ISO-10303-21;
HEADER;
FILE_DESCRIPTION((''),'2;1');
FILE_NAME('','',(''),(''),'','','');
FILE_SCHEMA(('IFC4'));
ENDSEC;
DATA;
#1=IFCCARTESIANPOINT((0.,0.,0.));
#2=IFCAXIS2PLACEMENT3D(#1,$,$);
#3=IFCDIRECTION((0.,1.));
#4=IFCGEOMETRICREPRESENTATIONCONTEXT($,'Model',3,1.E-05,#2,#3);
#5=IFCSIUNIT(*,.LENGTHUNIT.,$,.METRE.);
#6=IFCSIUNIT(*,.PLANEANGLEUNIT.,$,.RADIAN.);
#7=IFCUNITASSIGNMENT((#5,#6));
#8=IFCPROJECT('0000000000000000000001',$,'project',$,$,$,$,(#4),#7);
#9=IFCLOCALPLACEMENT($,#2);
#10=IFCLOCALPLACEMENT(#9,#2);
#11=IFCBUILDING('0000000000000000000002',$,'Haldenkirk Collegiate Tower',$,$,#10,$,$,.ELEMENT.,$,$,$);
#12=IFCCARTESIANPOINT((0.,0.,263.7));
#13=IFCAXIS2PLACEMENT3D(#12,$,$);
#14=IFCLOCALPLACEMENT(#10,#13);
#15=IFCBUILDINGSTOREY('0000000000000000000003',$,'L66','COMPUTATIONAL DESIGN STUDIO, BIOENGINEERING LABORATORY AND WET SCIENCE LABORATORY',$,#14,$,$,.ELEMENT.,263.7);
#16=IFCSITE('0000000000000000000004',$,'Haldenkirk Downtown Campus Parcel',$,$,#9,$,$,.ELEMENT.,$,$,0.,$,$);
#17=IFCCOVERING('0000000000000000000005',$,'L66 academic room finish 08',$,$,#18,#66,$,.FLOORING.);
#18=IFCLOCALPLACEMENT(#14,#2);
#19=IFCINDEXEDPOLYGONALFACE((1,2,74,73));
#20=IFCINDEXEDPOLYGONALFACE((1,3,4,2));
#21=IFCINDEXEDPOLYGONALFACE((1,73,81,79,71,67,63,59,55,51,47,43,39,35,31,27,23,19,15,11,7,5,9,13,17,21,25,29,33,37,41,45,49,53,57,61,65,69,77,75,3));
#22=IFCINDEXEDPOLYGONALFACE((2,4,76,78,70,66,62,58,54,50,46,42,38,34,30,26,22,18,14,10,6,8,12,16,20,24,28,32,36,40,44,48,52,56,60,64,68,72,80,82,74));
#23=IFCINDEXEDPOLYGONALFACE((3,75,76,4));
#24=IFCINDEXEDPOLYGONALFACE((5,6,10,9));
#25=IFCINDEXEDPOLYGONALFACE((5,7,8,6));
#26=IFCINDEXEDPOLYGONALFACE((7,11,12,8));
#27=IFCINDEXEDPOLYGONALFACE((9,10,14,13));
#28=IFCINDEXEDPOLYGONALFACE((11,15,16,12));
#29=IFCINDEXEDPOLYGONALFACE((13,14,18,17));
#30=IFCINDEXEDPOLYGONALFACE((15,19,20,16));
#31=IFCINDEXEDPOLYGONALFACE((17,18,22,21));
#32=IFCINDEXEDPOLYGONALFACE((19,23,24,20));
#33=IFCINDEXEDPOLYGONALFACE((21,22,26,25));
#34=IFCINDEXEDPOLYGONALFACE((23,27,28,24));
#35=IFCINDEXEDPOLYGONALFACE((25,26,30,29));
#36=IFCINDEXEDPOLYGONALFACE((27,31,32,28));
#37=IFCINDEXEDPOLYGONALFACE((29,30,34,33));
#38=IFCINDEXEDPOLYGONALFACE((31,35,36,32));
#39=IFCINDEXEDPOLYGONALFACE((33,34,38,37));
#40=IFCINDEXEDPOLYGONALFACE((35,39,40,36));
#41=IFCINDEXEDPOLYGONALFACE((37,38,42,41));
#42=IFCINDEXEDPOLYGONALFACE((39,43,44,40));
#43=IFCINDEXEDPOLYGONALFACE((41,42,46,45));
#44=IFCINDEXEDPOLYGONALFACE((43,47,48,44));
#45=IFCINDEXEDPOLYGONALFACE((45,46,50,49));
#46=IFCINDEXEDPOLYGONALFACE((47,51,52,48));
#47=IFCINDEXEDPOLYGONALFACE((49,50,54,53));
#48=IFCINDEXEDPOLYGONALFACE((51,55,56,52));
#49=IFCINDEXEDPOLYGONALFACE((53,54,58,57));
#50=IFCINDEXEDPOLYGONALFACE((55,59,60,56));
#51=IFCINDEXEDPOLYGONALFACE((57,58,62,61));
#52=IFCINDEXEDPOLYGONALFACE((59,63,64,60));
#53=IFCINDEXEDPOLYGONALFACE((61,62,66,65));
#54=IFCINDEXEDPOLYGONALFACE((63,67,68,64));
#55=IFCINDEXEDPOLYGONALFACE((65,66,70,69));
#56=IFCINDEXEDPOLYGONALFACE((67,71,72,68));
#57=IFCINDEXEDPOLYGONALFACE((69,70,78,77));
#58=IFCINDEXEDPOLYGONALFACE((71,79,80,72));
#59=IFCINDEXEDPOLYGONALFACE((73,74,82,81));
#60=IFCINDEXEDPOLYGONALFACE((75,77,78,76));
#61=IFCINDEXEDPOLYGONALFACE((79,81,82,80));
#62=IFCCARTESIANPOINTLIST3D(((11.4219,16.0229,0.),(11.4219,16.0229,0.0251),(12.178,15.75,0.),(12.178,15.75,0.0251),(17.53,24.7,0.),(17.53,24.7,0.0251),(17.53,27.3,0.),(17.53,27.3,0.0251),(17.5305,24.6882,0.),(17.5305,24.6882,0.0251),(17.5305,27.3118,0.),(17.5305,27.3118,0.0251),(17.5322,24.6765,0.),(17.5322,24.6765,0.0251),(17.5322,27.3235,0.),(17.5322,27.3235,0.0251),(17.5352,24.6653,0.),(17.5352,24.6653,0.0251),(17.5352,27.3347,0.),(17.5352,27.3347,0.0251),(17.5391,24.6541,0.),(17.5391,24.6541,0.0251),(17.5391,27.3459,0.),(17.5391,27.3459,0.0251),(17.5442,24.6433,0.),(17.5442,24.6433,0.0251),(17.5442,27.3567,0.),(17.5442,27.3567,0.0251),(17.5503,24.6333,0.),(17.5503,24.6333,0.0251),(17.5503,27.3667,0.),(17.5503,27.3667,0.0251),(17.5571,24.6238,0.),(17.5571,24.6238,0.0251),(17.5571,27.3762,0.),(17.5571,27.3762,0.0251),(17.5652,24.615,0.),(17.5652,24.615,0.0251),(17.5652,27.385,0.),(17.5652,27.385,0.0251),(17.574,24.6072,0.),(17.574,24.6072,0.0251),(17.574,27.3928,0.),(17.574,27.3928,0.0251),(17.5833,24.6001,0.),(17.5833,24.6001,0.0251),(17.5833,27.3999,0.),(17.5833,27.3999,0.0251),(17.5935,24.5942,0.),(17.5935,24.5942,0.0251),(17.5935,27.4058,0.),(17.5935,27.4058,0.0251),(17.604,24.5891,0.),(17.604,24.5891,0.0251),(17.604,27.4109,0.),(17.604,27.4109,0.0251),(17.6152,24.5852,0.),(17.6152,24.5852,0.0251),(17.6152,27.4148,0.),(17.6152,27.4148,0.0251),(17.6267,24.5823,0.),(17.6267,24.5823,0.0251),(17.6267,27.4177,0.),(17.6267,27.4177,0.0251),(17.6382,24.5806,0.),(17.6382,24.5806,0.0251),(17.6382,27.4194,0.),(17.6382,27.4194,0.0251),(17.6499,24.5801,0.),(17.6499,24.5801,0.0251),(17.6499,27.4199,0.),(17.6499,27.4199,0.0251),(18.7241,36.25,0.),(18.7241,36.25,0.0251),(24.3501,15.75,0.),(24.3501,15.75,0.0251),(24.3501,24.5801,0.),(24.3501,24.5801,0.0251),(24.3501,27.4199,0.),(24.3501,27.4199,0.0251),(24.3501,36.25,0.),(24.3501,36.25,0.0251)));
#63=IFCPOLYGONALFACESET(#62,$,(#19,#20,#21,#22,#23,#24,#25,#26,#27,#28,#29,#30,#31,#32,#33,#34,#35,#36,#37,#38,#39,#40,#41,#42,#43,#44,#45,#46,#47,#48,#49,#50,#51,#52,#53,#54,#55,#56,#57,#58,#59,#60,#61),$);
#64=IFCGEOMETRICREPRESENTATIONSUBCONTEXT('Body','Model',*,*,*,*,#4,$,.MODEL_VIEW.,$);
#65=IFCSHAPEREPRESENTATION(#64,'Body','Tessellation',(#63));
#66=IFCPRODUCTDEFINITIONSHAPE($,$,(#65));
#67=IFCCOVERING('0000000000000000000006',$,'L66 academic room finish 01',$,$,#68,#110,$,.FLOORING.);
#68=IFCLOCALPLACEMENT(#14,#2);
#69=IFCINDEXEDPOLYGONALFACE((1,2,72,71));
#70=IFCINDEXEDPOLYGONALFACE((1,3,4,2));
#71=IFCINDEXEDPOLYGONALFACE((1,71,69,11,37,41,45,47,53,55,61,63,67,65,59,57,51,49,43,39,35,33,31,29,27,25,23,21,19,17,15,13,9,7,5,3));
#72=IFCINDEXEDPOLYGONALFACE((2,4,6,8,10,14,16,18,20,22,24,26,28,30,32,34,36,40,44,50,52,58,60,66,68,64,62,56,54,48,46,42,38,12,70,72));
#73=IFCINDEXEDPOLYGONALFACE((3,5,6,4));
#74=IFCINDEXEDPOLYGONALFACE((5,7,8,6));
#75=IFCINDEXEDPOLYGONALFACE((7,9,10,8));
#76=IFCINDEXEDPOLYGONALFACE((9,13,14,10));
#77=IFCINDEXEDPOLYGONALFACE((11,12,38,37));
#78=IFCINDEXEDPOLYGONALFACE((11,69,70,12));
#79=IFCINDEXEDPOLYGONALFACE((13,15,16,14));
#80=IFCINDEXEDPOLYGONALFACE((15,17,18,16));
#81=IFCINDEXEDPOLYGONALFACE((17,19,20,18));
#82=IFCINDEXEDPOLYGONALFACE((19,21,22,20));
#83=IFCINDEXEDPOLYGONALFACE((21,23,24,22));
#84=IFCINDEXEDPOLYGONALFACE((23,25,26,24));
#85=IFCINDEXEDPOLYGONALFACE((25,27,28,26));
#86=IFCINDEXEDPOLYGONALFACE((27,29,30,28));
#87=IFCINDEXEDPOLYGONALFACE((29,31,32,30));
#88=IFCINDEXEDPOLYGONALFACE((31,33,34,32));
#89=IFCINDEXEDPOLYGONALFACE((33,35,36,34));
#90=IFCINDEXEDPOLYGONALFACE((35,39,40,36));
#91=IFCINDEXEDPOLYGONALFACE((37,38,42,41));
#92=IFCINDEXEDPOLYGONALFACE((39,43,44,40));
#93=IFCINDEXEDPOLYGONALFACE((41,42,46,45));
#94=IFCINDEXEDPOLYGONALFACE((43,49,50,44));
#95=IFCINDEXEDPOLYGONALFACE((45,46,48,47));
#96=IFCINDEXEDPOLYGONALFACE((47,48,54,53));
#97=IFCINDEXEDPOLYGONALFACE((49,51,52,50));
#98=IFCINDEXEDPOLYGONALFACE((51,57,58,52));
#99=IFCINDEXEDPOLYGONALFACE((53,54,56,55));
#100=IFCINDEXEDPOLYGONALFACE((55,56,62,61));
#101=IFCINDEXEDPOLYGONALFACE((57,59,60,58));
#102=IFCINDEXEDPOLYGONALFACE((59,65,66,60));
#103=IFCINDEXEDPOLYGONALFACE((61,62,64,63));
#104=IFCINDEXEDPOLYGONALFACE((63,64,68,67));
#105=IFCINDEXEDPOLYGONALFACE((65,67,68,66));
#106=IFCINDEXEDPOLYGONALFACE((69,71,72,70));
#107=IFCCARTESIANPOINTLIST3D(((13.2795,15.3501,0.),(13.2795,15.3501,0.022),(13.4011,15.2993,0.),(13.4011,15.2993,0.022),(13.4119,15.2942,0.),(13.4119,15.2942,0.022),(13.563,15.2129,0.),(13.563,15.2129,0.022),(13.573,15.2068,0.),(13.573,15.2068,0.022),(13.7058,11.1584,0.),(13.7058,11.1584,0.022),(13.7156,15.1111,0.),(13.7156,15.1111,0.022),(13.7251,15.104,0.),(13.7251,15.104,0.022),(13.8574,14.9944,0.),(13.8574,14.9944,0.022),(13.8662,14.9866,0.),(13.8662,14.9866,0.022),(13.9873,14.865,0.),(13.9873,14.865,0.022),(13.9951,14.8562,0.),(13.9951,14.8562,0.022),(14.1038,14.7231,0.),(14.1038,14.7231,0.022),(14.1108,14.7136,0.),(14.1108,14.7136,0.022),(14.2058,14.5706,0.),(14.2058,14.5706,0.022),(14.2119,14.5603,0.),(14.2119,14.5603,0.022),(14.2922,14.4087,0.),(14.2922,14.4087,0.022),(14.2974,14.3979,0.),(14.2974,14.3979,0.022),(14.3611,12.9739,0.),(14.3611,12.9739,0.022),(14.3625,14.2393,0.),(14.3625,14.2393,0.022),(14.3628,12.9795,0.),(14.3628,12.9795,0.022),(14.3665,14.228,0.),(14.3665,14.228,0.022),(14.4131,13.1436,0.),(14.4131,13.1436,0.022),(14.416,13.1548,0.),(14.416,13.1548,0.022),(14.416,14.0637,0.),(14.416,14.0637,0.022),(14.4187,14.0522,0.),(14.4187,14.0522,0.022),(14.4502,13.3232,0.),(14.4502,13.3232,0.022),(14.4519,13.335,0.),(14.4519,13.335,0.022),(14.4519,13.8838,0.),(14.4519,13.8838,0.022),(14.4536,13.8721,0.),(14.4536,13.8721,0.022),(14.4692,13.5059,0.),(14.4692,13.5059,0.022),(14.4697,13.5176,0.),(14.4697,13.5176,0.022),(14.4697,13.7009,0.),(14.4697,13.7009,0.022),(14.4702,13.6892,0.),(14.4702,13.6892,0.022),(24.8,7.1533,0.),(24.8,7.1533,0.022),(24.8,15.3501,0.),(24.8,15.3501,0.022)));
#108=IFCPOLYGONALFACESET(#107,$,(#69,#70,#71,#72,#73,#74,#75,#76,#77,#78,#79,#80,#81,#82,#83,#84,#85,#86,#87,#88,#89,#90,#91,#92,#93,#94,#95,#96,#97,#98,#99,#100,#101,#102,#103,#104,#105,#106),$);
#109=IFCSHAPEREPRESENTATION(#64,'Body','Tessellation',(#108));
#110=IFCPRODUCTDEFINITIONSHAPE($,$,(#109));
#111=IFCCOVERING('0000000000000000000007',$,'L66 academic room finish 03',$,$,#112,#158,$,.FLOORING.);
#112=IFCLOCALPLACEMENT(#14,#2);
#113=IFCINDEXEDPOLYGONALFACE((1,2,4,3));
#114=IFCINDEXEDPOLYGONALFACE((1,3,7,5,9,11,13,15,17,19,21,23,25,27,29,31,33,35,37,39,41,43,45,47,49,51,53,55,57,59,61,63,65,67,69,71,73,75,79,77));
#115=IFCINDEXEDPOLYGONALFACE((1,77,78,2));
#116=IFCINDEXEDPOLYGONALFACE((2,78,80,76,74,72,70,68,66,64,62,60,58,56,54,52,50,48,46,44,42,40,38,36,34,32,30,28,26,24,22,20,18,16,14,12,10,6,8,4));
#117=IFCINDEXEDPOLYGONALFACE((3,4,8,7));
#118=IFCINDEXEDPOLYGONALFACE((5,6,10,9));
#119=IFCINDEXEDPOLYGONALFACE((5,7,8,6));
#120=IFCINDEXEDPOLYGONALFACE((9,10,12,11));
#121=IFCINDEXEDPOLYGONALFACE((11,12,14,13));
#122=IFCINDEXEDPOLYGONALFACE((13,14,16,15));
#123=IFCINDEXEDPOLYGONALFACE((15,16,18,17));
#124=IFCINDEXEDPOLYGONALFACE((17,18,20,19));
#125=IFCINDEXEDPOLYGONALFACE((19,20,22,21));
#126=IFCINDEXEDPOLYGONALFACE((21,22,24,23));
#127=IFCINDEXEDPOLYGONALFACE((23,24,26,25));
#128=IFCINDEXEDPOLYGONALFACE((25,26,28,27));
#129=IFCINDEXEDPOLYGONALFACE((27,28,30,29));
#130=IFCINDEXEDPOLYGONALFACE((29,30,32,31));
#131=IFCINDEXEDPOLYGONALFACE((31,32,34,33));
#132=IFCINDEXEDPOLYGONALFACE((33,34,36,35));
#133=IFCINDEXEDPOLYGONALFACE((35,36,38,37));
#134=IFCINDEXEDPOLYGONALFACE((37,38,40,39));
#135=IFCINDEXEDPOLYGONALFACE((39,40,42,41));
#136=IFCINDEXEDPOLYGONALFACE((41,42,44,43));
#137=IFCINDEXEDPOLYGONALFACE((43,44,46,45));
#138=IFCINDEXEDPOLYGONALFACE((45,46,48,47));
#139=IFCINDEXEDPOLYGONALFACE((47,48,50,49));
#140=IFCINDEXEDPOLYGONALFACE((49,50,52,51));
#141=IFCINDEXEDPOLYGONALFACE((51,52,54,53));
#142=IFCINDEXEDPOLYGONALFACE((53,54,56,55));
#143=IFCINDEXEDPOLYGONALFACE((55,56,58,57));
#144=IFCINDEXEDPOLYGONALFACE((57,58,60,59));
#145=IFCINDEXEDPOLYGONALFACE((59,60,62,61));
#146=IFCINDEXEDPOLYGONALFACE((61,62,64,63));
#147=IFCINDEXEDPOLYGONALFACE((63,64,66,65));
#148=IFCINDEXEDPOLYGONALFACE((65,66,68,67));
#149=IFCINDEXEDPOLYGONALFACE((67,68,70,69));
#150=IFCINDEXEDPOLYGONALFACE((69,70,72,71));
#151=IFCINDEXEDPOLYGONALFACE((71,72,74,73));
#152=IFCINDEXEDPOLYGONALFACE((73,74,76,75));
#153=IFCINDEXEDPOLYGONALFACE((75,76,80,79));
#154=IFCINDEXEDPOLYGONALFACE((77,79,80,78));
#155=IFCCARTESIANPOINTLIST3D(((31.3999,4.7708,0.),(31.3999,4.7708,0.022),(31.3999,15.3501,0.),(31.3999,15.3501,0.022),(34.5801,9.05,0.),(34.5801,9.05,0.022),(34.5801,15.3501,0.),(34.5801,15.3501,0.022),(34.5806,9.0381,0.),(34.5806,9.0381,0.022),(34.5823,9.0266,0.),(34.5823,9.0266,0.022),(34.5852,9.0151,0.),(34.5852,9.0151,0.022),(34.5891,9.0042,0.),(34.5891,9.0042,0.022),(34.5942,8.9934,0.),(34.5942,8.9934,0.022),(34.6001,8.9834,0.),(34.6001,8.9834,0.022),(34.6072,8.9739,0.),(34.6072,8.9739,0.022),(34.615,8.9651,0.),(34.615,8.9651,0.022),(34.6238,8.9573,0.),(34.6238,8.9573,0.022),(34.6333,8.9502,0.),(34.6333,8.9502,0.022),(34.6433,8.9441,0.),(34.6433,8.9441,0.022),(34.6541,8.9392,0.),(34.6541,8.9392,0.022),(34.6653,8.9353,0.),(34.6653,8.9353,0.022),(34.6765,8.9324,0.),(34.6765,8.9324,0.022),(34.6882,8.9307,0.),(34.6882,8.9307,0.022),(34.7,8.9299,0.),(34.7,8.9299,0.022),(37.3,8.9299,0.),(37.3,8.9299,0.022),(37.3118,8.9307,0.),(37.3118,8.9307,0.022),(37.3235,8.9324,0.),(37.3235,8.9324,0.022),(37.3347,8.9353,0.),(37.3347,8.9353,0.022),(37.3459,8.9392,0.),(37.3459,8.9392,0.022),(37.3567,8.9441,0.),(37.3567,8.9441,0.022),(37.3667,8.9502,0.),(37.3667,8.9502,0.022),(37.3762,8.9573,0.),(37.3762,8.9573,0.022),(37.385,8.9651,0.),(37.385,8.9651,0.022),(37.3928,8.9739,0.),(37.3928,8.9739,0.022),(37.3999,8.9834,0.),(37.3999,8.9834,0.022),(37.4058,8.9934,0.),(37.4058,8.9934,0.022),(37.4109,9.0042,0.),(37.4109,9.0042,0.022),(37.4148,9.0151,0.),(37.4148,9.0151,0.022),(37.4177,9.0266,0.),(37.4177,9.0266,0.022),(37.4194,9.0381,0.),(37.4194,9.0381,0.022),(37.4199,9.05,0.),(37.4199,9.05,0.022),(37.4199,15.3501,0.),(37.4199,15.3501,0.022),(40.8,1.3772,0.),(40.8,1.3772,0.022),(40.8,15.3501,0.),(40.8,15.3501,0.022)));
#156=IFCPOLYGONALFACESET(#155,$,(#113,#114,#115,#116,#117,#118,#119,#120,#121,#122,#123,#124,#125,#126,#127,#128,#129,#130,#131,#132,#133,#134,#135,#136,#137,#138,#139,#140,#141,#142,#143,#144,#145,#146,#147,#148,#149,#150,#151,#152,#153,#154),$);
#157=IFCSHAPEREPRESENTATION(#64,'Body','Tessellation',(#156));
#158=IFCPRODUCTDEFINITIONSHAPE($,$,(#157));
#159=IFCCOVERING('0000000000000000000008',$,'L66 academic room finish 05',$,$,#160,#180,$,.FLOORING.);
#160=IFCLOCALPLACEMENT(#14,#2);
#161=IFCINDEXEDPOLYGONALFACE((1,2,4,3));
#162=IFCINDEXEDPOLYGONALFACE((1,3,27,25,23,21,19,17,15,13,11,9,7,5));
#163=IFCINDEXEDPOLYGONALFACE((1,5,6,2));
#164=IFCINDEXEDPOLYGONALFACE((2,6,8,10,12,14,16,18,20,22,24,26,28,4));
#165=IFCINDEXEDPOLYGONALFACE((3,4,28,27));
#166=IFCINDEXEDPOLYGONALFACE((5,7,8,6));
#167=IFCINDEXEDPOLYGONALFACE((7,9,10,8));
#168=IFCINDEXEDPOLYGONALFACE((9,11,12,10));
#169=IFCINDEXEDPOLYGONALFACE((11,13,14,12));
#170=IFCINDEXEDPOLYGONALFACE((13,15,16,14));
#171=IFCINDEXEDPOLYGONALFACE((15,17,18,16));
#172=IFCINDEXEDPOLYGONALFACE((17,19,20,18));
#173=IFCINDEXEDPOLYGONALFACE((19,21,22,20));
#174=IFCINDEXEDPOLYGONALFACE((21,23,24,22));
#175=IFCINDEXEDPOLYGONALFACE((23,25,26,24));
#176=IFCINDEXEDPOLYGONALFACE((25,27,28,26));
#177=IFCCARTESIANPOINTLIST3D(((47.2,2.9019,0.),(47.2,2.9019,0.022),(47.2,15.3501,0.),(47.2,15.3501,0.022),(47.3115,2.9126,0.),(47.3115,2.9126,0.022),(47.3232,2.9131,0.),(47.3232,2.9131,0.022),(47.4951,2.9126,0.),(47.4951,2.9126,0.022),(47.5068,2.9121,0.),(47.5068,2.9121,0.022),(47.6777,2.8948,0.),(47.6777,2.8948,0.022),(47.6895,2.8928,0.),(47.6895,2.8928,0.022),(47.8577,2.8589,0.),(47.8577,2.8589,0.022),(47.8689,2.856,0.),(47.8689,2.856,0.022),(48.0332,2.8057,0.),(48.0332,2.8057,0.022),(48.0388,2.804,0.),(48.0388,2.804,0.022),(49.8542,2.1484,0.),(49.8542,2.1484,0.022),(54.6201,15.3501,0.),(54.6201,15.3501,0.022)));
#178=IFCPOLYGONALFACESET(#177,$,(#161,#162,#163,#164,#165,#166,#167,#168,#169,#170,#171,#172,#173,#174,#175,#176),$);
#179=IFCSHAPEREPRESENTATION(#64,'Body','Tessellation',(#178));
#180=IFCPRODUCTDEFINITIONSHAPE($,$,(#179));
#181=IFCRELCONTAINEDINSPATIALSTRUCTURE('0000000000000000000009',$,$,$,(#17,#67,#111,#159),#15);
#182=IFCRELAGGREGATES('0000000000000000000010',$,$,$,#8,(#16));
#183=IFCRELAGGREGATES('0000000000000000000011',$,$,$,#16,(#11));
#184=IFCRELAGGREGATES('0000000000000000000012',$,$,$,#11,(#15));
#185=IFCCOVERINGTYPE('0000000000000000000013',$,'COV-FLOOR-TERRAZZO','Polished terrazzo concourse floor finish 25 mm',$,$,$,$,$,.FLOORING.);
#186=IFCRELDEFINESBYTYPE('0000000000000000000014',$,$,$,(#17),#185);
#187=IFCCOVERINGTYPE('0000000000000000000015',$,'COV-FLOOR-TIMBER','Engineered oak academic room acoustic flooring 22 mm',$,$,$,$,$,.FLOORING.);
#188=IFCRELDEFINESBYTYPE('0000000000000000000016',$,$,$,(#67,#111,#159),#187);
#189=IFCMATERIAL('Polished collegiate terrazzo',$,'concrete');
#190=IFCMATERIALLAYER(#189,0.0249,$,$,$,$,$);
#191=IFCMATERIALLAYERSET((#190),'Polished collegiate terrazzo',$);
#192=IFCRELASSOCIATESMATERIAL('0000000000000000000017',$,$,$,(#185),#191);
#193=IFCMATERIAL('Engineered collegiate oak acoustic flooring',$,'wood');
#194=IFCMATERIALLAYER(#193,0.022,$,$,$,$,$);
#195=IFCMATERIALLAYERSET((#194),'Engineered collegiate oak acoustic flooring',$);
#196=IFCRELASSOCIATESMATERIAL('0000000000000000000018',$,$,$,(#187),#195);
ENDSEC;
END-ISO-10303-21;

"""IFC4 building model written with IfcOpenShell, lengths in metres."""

from ifc_helpers import new_model, si_unit, direction, frame, origin, place, context, subcontext, project, spatial, polyline, outline, extrude, material, layer, layer_set, type_object, element, save


model = new_model("IFC4")

# Units and contexts
model_context = context("Model", 3, precision=1e-05, world=origin(), true_north=direction((0.0, 1.0)))
body_context = subcontext(model_context, "Body", "Model", "MODEL_VIEW")
ifc_project = project(units=[si_unit("LENGTHUNIT", "METRE"), si_unit("PLANEANGLEUNIT", "RADIAN")], contexts=[model_context])

# Site, building, storey
site_placement = place(None, origin())
site = spatial("IfcSite", under=ifc_project, at=site_placement, Name="Haldenkirk Downtown Campus Parcel", CompositionType="ELEMENT", RefElevation=0.0)
building_placement = place(site_placement, origin())
building = spatial("IfcBuilding", under=site, at=building_placement, Name="Haldenkirk Collegiate Tower", CompositionType="ELEMENT")
storey_placement = place(building_placement, frame((0.0, 0.0, 263.7)))
storey = spatial("IfcBuildingStorey", under=building, at=storey_placement, Name="L66", Description="COMPUTATIONAL DESIGN STUDIO, BIOENGINEERING LABORATORY AND WET SCIENCE LABORATORY", CompositionType="ELEMENT", Elevation=263.7)

# Coverings
ifc_material_1 = material(Name="Polished collegiate terrazzo", Category="concrete")
ifc_layer_1 = layer(ifc_material_1, 0.0249)
ifc_layer_set_1 = layer_set([ifc_layer_1], Name="Polished collegiate terrazzo")
covering_type_1 = type_object("IfcCoveringType", Name="COV-FLOOR-TERRAZZO", Description="Polished terrazzo concourse floor finish 25 mm", PredefinedType="FLOORING", material=ifc_layer_set_1)
covering_1_placement = place(storey_placement, origin())
element("IfcCovering", 1, at=covering_1_placement, inside=storey, type_object=covering_type_1, Name="L66 academic room finish 08", PredefinedType="FLOORING", context=body_context, shape_type="SweptSolid", body=[
    extrude(outline(polyline([(18.7241, 36.25), (24.3501, 36.25), (24.3501, 27.4199), (17.6499, 27.4199), (17.6382, 27.4194), (17.6267, 27.4177), (17.6152, 27.4148), (17.604, 27.4109), (17.5935, 27.4058), (17.5833, 27.3999), (17.574, 27.3928), (17.5652, 27.385), (17.5571, 27.3762), (17.5503, 27.3667), (17.5442, 27.3567), (17.5391, 27.3459), (17.5352, 27.3347), (17.5322, 27.3235), (17.5305, 27.3118), (17.53, 27.3), (17.53, 24.7), (17.5305, 24.6882), (17.5322, 24.6765), (17.5352, 24.6653), (17.5391, 24.6541), (17.5442, 24.6433), (17.5503, 24.6333), (17.5571, 24.6238), (17.5652, 24.615), (17.574, 24.6072), (17.5833, 24.6001), (17.5935, 24.5942), (17.604, 24.5891), (17.6152, 24.5852), (17.6267, 24.5823), (17.6382, 24.5806), (17.6499, 24.5801), (24.3501, 24.5801), (24.3501, 15.75), (12.178, 15.75), (11.4219, 16.0229), (18.7241, 36.25)])), origin(), (0.0, 0.0, 1.0), 0.0251),
])
ifc_material_2 = material(Name="Engineered collegiate oak acoustic flooring", Category="wood")
ifc_layer_2 = layer(ifc_material_2, 0.022)
ifc_layer_set_2 = layer_set([ifc_layer_2], Name="Engineered collegiate oak acoustic flooring")
covering_type_2 = type_object("IfcCoveringType", Name="COV-FLOOR-TIMBER", Description="Engineered oak academic room acoustic flooring 22 mm", PredefinedType="FLOORING", material=ifc_layer_set_2)
covering_2_placement = place(storey_placement, origin())
element("IfcCovering", 2, at=covering_2_placement, inside=storey, type_object=covering_type_2, Name="L66 academic room finish 01", PredefinedType="FLOORING", context=body_context, shape_type="SweptSolid", body=[
    extrude(outline(polyline([(13.2795, 15.3501), (24.8, 15.3501), (24.8, 7.1533), (13.7058, 11.1584), (14.3611, 12.9739), (14.3628, 12.9795), (14.4131, 13.1436), (14.416, 13.1548), (14.4502, 13.3232), (14.4519, 13.335), (14.4692, 13.5059), (14.4697, 13.5176), (14.4702, 13.6892), (14.4697, 13.7009), (14.4536, 13.8721), (14.4519, 13.8838), (14.4187, 14.0522), (14.416, 14.0637), (14.3665, 14.228), (14.3625, 14.2393), (14.2974, 14.3979), (14.2922, 14.4087), (14.2119, 14.5603), (14.2058, 14.5706), (14.1108, 14.7136), (14.1038, 14.7231), (13.9951, 14.8562), (13.9873, 14.865), (13.8662, 14.9866), (13.8574, 14.9944), (13.7251, 15.104), (13.7156, 15.1111), (13.573, 15.2068), (13.563, 15.2129), (13.4119, 15.2942), (13.4011, 15.2993), (13.2795, 15.3501)])), origin(), (0.0, 0.0, 1.0), 0.022),
])
covering_3_placement = place(storey_placement, origin())
element("IfcCovering", 3, at=covering_3_placement, inside=storey, type_object=covering_type_2, Name="L66 academic room finish 03", PredefinedType="FLOORING", context=body_context, shape_type="SweptSolid", body=[
    extrude(outline(polyline([(31.3999, 4.7708), (31.3999, 15.3501), (34.5801, 15.3501), (34.5801, 9.05), (34.5806, 9.0381), (34.5823, 9.0266), (34.5852, 9.0151), (34.5891, 9.0042), (34.5942, 8.9934), (34.6001, 8.9834), (34.6072, 8.9739), (34.615, 8.9651), (34.6238, 8.9573), (34.6333, 8.9502), (34.6433, 8.9441), (34.6541, 8.9392), (34.6653, 8.9353), (34.6765, 8.9324), (34.6882, 8.9307), (34.7, 8.9299), (37.3, 8.9299), (37.3118, 8.9307), (37.3235, 8.9324), (37.3347, 8.9353), (37.3459, 8.9392), (37.3567, 8.9441), (37.3667, 8.9502), (37.3762, 8.9573), (37.385, 8.9651), (37.3928, 8.9739), (37.3999, 8.9834), (37.4058, 8.9934), (37.4109, 9.0042), (37.4148, 9.0151), (37.4177, 9.0266), (37.4194, 9.0381), (37.4199, 9.05), (37.4199, 15.3501), (40.8, 15.3501), (40.8, 1.3772), (31.3999, 4.7708)])), origin(), (0.0, 0.0, 1.0), 0.022),
])
covering_4_placement = place(storey_placement, origin())
element("IfcCovering", 4, at=covering_4_placement, inside=storey, type_object=covering_type_2, Name="L66 academic room finish 05", PredefinedType="FLOORING", context=body_context, shape_type="SweptSolid", body=[
    extrude(outline(polyline([(47.2, 2.9019), (47.2, 15.3501), (54.6201, 15.3501), (49.8542, 2.1484), (48.0388, 2.804), (48.0332, 2.8057), (47.8689, 2.856), (47.8577, 2.8589), (47.6895, 2.8928), (47.6777, 2.8948), (47.5068, 2.9121), (47.4951, 2.9126), (47.3232, 2.9131), (47.3115, 2.9126), (47.2, 2.9019)])), origin(), (0.0, 0.0, 1.0), 0.022),
])

save(model, "model.ifc")
